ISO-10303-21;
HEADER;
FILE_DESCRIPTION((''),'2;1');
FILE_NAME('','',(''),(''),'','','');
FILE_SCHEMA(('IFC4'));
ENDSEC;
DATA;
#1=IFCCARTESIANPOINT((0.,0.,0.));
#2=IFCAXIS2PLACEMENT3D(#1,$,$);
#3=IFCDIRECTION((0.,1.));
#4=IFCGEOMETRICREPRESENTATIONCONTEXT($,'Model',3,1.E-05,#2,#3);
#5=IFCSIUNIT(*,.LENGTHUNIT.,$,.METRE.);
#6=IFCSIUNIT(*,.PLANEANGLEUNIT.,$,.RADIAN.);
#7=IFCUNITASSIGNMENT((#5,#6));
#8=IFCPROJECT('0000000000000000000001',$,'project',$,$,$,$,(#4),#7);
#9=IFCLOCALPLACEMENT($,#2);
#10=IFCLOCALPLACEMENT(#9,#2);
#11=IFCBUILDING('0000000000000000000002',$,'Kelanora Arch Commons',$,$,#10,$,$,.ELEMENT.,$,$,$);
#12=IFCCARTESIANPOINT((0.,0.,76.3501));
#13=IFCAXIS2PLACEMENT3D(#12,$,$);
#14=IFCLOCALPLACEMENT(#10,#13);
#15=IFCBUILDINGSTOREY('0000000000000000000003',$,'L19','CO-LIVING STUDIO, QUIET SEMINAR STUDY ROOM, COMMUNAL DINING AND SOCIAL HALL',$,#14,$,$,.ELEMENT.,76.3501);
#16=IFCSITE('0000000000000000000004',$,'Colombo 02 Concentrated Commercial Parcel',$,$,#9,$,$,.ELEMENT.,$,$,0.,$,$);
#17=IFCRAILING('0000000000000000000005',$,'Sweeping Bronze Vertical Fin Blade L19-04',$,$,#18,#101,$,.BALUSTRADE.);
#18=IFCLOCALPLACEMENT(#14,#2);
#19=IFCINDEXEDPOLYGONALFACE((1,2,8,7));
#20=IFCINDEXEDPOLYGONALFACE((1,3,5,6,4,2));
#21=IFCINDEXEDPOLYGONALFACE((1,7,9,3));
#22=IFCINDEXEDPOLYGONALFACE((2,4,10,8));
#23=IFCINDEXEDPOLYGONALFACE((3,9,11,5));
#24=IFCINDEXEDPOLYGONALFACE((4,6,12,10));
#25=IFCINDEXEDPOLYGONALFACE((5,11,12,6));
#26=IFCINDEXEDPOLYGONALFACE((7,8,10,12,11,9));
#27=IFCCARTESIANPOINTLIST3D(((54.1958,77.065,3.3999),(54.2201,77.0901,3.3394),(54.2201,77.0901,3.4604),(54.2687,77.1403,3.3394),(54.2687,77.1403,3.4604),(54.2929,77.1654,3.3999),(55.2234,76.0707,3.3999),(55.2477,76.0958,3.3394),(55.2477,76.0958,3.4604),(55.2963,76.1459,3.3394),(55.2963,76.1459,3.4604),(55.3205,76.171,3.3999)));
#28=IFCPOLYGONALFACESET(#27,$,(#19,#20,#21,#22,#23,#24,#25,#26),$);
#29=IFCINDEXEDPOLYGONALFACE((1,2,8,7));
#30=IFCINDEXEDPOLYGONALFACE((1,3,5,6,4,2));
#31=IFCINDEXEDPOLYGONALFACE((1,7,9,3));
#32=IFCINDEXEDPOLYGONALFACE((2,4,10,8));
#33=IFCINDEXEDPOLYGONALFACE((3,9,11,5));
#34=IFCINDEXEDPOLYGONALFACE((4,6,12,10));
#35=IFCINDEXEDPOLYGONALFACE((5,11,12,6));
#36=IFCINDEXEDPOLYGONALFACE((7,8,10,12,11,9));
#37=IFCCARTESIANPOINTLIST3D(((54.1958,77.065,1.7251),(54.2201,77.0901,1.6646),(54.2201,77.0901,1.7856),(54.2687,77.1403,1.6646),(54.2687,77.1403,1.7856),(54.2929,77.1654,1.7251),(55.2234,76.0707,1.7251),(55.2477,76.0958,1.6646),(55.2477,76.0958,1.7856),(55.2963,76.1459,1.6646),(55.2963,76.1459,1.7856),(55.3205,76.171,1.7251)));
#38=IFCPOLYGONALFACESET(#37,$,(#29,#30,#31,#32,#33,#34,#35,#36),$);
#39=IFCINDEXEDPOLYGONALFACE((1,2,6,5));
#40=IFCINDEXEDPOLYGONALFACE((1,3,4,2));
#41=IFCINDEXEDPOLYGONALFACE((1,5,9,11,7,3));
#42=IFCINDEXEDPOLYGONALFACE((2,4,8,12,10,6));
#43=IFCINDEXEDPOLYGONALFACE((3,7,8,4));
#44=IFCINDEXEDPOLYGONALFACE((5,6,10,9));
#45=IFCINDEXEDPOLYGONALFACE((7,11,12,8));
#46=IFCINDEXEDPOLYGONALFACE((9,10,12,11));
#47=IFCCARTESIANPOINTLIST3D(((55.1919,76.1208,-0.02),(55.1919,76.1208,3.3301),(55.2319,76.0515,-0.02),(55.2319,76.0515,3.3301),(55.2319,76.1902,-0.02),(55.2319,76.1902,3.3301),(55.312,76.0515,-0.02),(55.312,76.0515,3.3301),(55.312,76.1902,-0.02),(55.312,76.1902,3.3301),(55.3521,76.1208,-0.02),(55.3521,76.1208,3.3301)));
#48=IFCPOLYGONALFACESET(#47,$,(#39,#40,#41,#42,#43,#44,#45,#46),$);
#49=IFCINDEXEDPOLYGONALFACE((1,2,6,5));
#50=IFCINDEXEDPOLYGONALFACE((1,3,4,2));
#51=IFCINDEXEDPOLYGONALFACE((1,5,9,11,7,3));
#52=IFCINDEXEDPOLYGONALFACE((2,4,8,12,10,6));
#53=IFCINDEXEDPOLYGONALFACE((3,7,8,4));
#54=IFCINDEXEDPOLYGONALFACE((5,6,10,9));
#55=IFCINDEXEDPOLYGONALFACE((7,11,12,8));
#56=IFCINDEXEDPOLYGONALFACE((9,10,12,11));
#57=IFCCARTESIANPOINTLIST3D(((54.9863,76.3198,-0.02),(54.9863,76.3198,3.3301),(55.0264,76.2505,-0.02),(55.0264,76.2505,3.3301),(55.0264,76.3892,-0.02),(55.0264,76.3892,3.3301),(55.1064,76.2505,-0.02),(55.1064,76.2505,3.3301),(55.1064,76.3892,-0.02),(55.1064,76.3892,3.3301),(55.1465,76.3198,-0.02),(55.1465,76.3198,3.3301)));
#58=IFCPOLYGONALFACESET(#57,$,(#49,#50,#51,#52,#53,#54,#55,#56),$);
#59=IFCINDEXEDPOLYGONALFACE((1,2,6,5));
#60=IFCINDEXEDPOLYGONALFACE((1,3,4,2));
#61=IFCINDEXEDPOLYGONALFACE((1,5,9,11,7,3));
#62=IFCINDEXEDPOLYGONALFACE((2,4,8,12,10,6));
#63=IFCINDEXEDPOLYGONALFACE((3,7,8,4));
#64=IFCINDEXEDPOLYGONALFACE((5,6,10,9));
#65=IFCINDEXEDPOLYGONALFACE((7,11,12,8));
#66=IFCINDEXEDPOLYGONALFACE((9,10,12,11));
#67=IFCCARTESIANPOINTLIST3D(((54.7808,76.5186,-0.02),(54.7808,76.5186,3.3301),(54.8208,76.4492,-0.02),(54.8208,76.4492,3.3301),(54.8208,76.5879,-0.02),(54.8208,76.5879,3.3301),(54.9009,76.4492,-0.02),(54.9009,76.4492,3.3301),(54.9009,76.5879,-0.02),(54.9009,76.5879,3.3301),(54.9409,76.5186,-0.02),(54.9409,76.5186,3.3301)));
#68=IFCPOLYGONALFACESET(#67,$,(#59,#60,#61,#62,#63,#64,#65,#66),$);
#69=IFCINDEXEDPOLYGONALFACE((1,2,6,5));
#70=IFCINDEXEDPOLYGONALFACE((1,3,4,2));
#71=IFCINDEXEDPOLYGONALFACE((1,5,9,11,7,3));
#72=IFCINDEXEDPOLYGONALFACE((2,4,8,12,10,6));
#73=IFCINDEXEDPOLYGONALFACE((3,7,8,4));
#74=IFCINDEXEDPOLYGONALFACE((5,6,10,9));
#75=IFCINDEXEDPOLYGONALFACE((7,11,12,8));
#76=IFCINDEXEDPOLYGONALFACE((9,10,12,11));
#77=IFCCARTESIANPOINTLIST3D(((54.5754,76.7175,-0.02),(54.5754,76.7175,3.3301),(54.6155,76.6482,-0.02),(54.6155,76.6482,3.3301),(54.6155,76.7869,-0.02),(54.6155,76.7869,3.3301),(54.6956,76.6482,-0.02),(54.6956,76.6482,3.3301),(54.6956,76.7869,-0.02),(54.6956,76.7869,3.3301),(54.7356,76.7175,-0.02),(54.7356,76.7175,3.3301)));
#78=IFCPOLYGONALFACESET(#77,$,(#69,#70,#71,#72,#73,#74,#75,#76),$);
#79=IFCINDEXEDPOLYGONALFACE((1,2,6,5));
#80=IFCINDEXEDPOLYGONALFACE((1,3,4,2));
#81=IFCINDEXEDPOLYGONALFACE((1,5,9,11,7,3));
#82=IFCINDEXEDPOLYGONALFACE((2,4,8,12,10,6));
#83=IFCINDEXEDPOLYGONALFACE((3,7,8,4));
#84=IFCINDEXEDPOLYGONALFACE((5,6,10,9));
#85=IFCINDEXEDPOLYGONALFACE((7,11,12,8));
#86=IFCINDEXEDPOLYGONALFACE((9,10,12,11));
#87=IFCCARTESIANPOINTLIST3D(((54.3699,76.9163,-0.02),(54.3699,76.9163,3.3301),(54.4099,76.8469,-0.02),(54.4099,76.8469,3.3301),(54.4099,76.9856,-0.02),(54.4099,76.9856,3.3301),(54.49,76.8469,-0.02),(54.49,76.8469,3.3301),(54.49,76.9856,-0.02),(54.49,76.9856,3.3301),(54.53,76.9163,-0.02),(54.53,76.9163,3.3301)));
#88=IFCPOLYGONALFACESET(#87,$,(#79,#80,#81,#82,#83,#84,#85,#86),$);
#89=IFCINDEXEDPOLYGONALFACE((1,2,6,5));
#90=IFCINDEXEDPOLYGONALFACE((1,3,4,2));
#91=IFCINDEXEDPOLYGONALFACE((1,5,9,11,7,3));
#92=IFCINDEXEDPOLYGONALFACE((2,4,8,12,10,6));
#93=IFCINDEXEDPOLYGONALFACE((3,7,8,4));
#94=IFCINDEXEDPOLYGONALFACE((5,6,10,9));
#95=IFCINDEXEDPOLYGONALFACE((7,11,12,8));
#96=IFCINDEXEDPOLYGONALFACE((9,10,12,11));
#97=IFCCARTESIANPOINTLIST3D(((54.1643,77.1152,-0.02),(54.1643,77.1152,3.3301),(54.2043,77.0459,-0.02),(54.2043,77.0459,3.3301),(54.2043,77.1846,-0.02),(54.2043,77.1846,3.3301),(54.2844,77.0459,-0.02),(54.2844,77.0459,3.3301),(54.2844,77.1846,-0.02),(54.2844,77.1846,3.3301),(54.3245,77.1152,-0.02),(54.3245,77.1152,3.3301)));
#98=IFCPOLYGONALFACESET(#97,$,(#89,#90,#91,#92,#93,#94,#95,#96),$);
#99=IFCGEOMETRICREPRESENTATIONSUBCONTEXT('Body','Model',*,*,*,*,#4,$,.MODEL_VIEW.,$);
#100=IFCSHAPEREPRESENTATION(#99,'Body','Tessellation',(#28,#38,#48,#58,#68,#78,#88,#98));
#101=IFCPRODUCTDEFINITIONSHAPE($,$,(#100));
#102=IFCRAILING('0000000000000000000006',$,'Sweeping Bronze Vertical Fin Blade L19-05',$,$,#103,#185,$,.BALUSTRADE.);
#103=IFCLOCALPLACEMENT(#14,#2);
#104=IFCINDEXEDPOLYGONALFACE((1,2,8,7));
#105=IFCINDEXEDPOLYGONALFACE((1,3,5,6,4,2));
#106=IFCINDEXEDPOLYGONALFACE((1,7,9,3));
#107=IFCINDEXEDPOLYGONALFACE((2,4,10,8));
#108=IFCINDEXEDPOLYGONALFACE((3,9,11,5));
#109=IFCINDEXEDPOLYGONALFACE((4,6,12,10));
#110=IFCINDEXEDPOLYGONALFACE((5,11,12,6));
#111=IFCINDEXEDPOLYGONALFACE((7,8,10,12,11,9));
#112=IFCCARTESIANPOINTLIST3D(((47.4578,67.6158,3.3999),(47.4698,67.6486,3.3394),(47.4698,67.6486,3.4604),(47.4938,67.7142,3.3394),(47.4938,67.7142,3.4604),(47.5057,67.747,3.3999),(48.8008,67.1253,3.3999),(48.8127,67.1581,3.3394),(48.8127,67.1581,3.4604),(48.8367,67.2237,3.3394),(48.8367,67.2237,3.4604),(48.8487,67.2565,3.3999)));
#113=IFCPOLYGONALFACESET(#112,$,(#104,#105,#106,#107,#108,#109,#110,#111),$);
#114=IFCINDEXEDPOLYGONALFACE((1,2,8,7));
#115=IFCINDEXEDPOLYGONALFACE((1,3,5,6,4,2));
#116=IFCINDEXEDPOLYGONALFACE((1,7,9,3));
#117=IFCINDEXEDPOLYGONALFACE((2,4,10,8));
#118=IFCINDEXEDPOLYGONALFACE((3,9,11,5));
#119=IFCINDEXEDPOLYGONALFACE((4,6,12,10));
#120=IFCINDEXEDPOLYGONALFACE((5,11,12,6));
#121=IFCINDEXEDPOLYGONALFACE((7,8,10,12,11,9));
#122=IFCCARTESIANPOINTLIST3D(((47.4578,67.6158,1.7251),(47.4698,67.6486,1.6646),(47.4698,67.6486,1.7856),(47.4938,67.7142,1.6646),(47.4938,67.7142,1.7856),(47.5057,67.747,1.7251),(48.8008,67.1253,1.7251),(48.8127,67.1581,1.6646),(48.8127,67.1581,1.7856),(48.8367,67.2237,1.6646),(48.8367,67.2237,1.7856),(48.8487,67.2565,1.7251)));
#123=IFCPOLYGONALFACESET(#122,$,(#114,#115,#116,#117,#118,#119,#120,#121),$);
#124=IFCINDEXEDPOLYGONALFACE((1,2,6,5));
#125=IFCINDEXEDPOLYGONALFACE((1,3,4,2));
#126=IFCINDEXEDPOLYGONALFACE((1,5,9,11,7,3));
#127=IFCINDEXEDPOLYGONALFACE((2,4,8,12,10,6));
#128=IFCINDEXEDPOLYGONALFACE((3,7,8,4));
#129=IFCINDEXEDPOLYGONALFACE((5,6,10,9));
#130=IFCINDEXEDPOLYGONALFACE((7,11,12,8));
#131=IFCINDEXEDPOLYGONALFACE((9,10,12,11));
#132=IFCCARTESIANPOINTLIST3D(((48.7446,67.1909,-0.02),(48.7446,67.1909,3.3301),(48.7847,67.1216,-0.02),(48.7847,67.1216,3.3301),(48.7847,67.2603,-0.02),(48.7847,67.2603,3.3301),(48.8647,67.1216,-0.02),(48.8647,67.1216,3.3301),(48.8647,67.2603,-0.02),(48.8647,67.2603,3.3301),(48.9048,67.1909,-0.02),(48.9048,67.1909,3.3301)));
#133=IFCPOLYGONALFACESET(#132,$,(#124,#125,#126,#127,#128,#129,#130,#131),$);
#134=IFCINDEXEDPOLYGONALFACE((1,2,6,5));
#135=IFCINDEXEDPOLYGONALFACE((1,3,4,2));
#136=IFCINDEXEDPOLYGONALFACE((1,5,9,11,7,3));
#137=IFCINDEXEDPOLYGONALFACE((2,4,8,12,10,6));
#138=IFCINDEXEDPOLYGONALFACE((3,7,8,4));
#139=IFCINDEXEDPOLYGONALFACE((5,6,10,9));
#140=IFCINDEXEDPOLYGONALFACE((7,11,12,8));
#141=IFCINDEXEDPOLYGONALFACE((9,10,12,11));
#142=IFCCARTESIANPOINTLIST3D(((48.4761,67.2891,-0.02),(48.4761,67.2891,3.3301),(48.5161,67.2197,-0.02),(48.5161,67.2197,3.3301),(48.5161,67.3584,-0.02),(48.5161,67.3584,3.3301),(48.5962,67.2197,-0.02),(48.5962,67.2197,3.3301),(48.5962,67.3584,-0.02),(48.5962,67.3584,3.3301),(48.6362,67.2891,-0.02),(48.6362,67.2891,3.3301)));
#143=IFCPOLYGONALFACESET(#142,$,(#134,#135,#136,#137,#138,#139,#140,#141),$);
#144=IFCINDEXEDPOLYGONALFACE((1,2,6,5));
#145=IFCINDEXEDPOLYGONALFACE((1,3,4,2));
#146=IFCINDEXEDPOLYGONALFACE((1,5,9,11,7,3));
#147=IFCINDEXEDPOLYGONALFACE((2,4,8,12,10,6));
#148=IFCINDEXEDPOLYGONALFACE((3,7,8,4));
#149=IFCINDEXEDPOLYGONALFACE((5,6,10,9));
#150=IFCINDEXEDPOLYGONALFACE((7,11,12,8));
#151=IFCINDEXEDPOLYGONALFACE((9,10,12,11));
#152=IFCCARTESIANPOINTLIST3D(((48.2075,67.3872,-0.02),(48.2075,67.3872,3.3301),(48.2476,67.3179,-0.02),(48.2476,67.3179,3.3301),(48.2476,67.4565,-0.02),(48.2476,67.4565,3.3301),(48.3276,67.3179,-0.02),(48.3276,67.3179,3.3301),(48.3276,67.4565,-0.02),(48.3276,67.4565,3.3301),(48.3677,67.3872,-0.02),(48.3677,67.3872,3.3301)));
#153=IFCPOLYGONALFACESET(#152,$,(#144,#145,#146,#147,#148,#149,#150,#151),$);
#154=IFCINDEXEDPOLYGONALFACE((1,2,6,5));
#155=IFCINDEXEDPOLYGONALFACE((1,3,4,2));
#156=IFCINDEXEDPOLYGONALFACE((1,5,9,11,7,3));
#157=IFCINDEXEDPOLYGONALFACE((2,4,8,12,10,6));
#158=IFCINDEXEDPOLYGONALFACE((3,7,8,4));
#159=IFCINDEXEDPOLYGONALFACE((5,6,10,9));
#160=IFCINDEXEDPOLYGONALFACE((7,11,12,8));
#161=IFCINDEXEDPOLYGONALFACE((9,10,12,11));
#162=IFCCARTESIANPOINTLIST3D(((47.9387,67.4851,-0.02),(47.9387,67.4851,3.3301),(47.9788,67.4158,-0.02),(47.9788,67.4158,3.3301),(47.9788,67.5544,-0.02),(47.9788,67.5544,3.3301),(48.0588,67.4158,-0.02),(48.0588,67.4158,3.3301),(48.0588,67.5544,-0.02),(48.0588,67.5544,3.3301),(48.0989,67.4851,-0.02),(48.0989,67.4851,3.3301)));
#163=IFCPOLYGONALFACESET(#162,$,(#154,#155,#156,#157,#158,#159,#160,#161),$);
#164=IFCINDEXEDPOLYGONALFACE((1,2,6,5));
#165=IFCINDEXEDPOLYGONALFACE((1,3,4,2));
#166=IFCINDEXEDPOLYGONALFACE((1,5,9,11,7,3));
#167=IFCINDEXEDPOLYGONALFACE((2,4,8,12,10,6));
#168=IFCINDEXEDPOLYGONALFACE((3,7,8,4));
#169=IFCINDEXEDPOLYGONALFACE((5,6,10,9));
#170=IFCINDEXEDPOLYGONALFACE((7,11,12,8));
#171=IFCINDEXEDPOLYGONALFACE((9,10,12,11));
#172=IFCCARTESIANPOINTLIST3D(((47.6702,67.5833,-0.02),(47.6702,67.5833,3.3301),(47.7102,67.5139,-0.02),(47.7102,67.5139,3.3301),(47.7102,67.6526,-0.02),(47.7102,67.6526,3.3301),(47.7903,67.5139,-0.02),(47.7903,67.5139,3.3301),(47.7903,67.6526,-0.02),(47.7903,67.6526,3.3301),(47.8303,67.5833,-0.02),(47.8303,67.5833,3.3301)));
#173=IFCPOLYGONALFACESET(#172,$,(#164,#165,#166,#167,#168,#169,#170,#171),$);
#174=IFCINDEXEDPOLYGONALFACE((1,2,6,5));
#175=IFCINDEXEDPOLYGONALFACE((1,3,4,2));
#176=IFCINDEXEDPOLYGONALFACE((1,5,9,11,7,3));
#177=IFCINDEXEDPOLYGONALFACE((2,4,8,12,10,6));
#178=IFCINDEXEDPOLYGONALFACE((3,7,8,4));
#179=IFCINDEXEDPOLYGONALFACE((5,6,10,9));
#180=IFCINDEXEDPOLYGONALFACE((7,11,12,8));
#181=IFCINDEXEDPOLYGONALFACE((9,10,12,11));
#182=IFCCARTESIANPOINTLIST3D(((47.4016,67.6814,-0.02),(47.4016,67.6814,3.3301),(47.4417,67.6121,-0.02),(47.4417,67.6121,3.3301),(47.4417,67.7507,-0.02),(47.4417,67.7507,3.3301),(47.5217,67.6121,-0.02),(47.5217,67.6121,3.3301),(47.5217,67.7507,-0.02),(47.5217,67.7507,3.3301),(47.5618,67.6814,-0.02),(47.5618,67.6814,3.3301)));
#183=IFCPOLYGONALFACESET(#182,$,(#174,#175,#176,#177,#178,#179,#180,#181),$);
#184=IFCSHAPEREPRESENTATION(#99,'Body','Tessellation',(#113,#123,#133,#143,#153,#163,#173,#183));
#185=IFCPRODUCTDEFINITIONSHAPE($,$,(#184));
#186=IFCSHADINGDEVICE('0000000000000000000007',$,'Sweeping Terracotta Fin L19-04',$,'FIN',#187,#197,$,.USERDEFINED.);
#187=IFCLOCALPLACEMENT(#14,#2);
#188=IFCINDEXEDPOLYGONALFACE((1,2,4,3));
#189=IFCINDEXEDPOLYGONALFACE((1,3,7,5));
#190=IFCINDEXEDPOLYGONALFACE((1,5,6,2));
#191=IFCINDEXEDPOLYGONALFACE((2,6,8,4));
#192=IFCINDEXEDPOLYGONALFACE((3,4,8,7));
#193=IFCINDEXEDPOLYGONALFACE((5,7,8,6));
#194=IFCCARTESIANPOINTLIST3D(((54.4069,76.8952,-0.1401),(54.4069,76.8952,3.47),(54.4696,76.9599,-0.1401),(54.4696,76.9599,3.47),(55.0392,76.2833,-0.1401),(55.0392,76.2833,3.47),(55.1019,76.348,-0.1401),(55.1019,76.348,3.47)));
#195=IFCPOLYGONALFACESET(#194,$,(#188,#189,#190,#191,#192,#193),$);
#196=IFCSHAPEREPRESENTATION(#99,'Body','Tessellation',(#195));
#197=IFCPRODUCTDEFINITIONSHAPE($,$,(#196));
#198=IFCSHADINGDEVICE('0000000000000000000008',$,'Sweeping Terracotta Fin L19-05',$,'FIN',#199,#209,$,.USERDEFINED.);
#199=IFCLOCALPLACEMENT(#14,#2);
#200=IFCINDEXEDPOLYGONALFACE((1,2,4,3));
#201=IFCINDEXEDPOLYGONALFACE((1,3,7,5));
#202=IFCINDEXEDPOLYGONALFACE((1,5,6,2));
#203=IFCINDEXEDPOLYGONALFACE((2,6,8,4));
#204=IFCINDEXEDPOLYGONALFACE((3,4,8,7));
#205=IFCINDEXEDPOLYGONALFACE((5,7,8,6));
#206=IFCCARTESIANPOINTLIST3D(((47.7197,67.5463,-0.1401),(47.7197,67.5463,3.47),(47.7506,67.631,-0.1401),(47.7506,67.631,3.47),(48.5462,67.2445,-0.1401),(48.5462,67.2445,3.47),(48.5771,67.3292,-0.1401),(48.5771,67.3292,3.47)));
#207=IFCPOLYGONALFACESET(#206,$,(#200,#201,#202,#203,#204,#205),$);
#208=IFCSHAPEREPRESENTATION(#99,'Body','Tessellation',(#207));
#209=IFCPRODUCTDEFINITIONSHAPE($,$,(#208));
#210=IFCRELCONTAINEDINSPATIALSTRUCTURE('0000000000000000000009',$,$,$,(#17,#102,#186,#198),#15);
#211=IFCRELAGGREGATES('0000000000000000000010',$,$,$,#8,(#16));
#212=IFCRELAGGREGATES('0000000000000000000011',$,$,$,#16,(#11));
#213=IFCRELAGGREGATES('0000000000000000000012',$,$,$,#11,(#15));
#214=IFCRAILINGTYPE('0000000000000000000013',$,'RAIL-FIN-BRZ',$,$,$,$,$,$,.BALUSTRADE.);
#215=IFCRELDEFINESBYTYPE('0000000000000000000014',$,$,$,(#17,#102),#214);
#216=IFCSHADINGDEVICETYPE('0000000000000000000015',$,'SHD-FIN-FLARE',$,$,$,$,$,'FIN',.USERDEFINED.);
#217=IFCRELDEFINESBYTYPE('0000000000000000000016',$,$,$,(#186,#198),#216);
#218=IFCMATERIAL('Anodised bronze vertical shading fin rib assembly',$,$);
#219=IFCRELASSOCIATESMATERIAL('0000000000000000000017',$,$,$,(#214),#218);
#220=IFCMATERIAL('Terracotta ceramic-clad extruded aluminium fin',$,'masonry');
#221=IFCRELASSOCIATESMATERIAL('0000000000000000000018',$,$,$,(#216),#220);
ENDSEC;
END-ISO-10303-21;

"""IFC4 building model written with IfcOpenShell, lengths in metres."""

from ifc_helpers import new_model, si_unit, direction, frame, origin, origin_2d, place, context, subcontext, project, spatial, polyline, rectangle, outline, extrude, source, transform, mapped, material, type_object, element, save


model = new_model("IFC4")

# Units and contexts
model_context = context("Model", 3, precision=1e-05, world=origin(), true_north=direction((0.0, 1.0)))
body_context = subcontext(model_context, "Body", "Model", "MODEL_VIEW")
ifc_project = project(units=[si_unit("LENGTHUNIT", "METRE"), si_unit("PLANEANGLEUNIT", "RADIAN")], contexts=[model_context])

# Site, building, storey
site_placement = place(None, origin())
site = spatial("IfcSite", under=ifc_project, at=site_placement, Name="Colombo 02 Concentrated Commercial Parcel", CompositionType="ELEMENT", RefElevation=0.0)
building_placement = place(site_placement, origin())
building = spatial("IfcBuilding", under=site, at=building_placement, Name="Kelanora Arch Commons", CompositionType="ELEMENT")
storey_placement = place(building_placement, frame((0.0, 0.0, 76.3501)))
storey = spatial("IfcBuildingStorey", under=building, at=storey_placement, Name="L19", Description="CO-LIVING STUDIO, QUIET SEMINAR STUDY ROOM, COMMUNAL DINING AND SOCIAL HALL", CompositionType="ELEMENT", Elevation=76.3501)

# Railings
ifc_material_1 = material(Name="Anodised bronze vertical shading fin rib assembly")
railing_type = type_object("IfcRailingType", Name="RAIL-FIN-BRZ", PredefinedType="BALUSTRADE", material=ifc_material_1)
railing_1_placement = place(storey_placement, frame((55.272, 76.1208, -0.02)))
element("IfcRailing", 1, at=railing_1_placement, inside=storey, type_object=railing_type, Name="Sweeping Bronze Vertical Fin Blade L19-04", PredefinedType="BALUSTRADE", context=body_context, shape_type="SweptSolid", body=[
    extrude(outline(polyline([(0.0698, 0.0), (0.0349, 0.0605), (-0.0349, 0.0605), (-0.0698, 0.0), (-0.0349, -0.0605), (0.0349, -0.0605), (0.0698, 0.0)])), frame((0.0, 0.0, 3.4199), z_axis=(-0.718621, 0.695402, 0.0), x_axis=(-0.695402, -0.718621, 0.0)), (0.0, 0.0, 1.0), 1.4299),
    extrude(outline(polyline([(0.0698, 0.0), (0.0349, 0.0605), (-0.0349, 0.0605), (-0.0698, 0.0), (-0.0349, -0.0605), (0.0349, -0.0605), (0.0698, 0.0)])), frame((0.0, 0.0, 1.7451), z_axis=(-0.718621, 0.695402, 0.0), x_axis=(-0.695402, -0.718621, 0.0)), (0.0, 0.0, 1.0), 1.4299),
    extrude(outline(polyline([(0.0801, 0.0), (0.04, 0.0693), (-0.04, 0.0693), (-0.0801, 0.0), (-0.04, -0.0693), (0.04, -0.0693), (0.0801, 0.0)])), origin(), (0.0, 0.0, 1.0), 3.3501),
    extrude(outline(polyline([(0.0801, 0.0), (0.04, 0.0693), (-0.04, 0.0693), (-0.0801, 0.0), (-0.04, -0.0693), (0.04, -0.0693), (0.0801, 0.0)])), frame((-0.2056, 0.199, 0.0)), (0.0, 0.0, 1.0), 3.3501),
    extrude(outline(polyline([(0.0801, 0.0), (0.04, 0.0693), (-0.04, 0.0693), (-0.0801, 0.0), (-0.04, -0.0693), (0.04, -0.0693), (0.0801, 0.0)])), frame((-0.4111, 0.3977, 0.0)), (0.0, 0.0, 1.0), 3.3501),
    extrude(outline(polyline([(0.0801, 0.0), (0.04, 0.0693), (-0.04, 0.0693), (-0.0801, 0.0), (-0.04, -0.0693), (0.04, -0.0693), (0.0801, 0.0)])), frame((-0.6165, 0.5967, 0.0)), (0.0, 0.0, 1.0), 3.3501),
    extrude(outline(polyline([(0.0801, 0.0), (0.04, 0.0693), (-0.04, 0.0693), (-0.0801, 0.0), (-0.04, -0.0693), (0.04, -0.0693), (0.0801, 0.0)])), frame((-0.822, 0.7954, 0.0)), (0.0, 0.0, 1.0), 3.3501),
    extrude(outline(polyline([(0.0801, 0.0), (0.04, 0.0693), (-0.04, 0.0693), (-0.0801, 0.0), (-0.04, -0.0693), (0.04, -0.0693), (0.0801, 0.0)])), frame((-1.0276, 0.9944, 0.0)), (0.0, 0.0, 1.0), 3.3501),
])
railing_2_placement = place(storey_placement, frame((48.8247, 67.1909, -0.02)))
element("IfcRailing", 2, at=railing_2_placement, inside=storey, type_object=railing_type, Name="Sweeping Bronze Vertical Fin Blade L19-05", PredefinedType="BALUSTRADE", context=body_context, shape_type="SweptSolid", body=[
    extrude(outline(polyline([(0.0698, 0.0), (0.0349, 0.0605), (-0.0349, 0.0605), (-0.0698, 0.0), (-0.0349, -0.0605), (0.0349, -0.0605), (0.0698, 0.0)])), frame((0.0, 0.0, 3.4199), z_axis=(-0.939319, 0.343045, 0.0), x_axis=(-0.343045, -0.939319, 0.0)), (0.0, 0.0, 1.0), 1.4297),
    extrude(outline(polyline([(0.0698, 0.0), (0.0349, 0.0605), (-0.0349, 0.0605), (-0.0698, 0.0), (-0.0349, -0.0605), (0.0349, -0.0605), (0.0698, 0.0)])), frame((0.0, 0.0, 1.7451), z_axis=(-0.939319, 0.343045, 0.0), x_axis=(-0.343045, -0.939319, 0.0)), (0.0, 0.0, 1.0), 1.4297),
    extrude(outline(polyline([(0.0801, 0.0), (0.04, 0.0693), (-0.04, 0.0693), (-0.0801, 0.0), (-0.04, -0.0693), (0.04, -0.0693), (0.0801, 0.0)])), origin(), (0.0, 0.0, 1.0), 3.3501),
    extrude(outline(polyline([(0.0801, 0.0), (0.04, 0.0693), (-0.04, 0.0693), (-0.0801, 0.0), (-0.04, -0.0693), (0.04, -0.0693), (0.0801, 0.0)])), frame((-0.2686, 0.0981, 0.0)), (0.0, 0.0, 1.0), 3.3501),
    extrude(outline(polyline([(0.0801, 0.0), (0.04, 0.0693), (-0.04, 0.0693), (-0.0801, 0.0), (-0.04, -0.0693), (0.04, -0.0693), (0.0801, 0.0)])), frame((-0.5371, 0.1963, 0.0)), (0.0, 0.0, 1.0), 3.3501),
    extrude(outline(polyline([(0.0801, 0.0), (0.04, 0.0693), (-0.04, 0.0693), (-0.0801, 0.0), (-0.04, -0.0693), (0.04, -0.0693), (0.0801, 0.0)])), frame((-0.8059, 0.2942, 0.0)), (0.0, 0.0, 1.0), 3.3501),
    extrude(outline(polyline([(0.0801, 0.0), (0.04, 0.0693), (-0.04, 0.0693), (-0.0801, 0.0), (-0.04, -0.0693), (0.04, -0.0693), (0.0801, 0.0)])), frame((-1.0745, 0.3923, 0.0)), (0.0, 0.0, 1.0), 3.3501),
    extrude(outline(polyline([(0.0801, 0.0), (0.04, 0.0693), (-0.04, 0.0693), (-0.0801, 0.0), (-0.04, -0.0693), (0.04, -0.0693), (0.0801, 0.0)])), frame((-1.343, 0.4905, 0.0)), (0.0, 0.0, 1.0), 3.3501),
])

# Shading devices
ifc_material_2 = material(Name="Terracotta ceramic-clad extruded aluminium fin", Category="masonry")
shading_device_type = type_object("IfcShadingDeviceType", Name="SHD-FIN-FLARE", ElementType="FIN", PredefinedType="USERDEFINED", material=ifc_material_2)
shared_shape_1 = source(origin(), body_context, "Body", "SweptSolid", [
    extrude(rectangle(XDim=0.8799, YDim=0.0901, at=origin_2d()), origin(), (0.0, 0.0, 1.0), 3.6101),
])
for number, where, z_axis, x_axis, name in (
    (3, (54.7544, 76.6216, -0.1401), (0.0, 0.0, 1.0), (-0.718612, 0.695411, 0.0), "Sweeping Terracotta Fin L19-04"),
    (4, (48.1484, 67.4377, -0.1401), (0.0, 0.0, 1.0), (-0.939334, 0.343004, 0.0), "Sweeping Terracotta Fin L19-05"),
):
    element("IfcShadingDevice", number, at=place(storey_placement, frame(where, z_axis=z_axis, x_axis=x_axis)), inside=storey, type_object=shading_device_type, Name=name, ObjectType="FIN", PredefinedType="USERDEFINED", context=body_context, shape_type="MappedRepresentation", body=[
        mapped(shared_shape_1, transform((0.0, 0.0, 0.0), scale=1.0)),
    ])

save(model, "model.ifc")
